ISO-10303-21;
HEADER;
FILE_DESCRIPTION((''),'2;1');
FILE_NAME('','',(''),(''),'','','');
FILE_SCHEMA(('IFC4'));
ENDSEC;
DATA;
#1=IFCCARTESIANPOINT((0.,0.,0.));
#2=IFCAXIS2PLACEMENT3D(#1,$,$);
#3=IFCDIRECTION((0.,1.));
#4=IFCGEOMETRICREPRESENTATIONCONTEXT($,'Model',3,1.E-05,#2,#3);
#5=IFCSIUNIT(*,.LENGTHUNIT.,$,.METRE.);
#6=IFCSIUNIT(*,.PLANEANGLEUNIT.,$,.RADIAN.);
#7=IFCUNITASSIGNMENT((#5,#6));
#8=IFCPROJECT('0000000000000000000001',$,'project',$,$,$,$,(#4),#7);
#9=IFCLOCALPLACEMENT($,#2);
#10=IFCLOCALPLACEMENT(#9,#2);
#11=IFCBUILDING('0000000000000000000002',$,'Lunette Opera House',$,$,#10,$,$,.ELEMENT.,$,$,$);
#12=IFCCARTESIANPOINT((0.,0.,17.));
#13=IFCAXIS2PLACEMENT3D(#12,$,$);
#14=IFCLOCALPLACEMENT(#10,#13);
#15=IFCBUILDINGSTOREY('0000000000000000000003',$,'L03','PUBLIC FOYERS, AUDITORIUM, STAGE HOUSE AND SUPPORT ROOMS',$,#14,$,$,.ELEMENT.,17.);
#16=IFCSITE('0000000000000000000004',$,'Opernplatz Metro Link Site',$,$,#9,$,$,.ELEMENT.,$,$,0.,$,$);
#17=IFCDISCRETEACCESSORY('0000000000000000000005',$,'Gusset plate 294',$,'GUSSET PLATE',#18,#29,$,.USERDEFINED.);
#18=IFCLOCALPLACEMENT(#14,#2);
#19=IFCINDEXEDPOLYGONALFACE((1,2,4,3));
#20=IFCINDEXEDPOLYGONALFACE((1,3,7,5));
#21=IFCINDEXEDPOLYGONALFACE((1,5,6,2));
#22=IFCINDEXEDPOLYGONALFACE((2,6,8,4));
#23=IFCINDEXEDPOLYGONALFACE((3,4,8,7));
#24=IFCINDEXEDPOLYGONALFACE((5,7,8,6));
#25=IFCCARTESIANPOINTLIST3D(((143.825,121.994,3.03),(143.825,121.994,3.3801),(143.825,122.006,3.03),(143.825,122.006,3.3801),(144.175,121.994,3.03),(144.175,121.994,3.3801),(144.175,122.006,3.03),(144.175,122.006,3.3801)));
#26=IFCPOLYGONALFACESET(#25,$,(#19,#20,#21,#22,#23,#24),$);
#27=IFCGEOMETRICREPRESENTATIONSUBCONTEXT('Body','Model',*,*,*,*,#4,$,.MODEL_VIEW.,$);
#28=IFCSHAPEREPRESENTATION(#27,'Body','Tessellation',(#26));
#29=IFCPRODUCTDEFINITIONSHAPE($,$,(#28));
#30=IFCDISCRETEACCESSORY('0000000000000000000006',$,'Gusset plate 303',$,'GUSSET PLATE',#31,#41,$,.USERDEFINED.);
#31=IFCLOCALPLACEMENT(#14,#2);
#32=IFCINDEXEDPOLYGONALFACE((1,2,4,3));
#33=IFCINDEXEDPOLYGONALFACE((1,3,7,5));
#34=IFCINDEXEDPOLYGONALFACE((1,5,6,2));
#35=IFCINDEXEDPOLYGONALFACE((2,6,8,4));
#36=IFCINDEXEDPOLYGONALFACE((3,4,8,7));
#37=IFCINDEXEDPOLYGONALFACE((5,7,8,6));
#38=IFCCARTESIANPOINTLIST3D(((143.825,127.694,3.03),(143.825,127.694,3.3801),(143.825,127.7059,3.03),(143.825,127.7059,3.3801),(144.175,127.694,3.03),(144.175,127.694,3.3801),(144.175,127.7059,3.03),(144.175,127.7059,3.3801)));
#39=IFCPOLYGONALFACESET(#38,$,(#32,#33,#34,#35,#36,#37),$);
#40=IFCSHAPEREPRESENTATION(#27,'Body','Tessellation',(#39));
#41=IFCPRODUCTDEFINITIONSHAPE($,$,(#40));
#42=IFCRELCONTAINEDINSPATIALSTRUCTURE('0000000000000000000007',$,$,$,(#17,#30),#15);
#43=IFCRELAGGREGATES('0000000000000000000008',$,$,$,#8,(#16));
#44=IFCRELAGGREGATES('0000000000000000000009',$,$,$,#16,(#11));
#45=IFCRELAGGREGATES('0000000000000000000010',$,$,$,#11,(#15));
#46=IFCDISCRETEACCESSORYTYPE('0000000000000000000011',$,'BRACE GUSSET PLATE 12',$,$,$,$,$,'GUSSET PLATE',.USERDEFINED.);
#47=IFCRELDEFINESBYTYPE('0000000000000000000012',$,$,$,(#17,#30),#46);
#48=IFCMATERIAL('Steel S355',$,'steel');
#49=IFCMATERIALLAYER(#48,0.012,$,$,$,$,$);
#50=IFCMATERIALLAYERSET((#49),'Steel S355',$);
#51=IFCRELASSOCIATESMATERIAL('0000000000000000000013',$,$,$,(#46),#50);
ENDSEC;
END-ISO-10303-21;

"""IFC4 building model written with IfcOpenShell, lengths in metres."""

from ifc_helpers import new_model, si_unit, direction, frame, origin, origin_2d, place, context, subcontext, project, spatial, rectangle, extrude, material, layer, layer_set, type_object, element, save


model = new_model("IFC4")

# Units and contexts
model_context = context("Model", 3, precision=1e-05, world=origin(), true_north=direction((0.0, 1.0)))
body_context = subcontext(model_context, "Body", "Model", "MODEL_VIEW")
ifc_project = project(units=[si_unit("LENGTHUNIT", "METRE"), si_unit("PLANEANGLEUNIT", "RADIAN")], contexts=[model_context])

# Site, building, storey
site_placement = place(None, origin())
site = spatial("IfcSite", under=ifc_project, at=site_placement, Name="Opernplatz Metro Link Site", CompositionType="ELEMENT", RefElevation=0.0)
building_placement = place(site_placement, origin())
building = spatial("IfcBuilding", under=site, at=building_placement, Name="Lunette Opera House", CompositionType="ELEMENT")
storey_placement = place(building_placement, frame((0.0, 0.0, 17.0)))
storey = spatial("IfcBuildingStorey", under=building, at=storey_placement, Name="L03", Description="PUBLIC FOYERS, AUDITORIUM, STAGE HOUSE AND SUPPORT ROOMS", CompositionType="ELEMENT", Elevation=17.0)

# Discrete accessories
ifc_material_1 = material(Name="Steel S355", Category="steel")
ifc_layer_1 = layer(ifc_material_1, 0.012)
ifc_layer_set_1 = layer_set([ifc_layer_1], Name="Steel S355")
discrete_accessory_type = type_object("IfcDiscreteAccessoryType", Name="BRACE GUSSET PLATE 12", ElementType="GUSSET PLATE", PredefinedType="USERDEFINED", material=ifc_layer_set_1)
for number, where, z_axis, x_axis, name in (
    (1, (144.0, 122.0, 3.03), (0.0, 0.0, 1.0), (1.0, 0.0, 0.0), "Gusset plate 294"),
    (2, (144.0, 127.7, 3.03), (0.0, 0.0, 1.0), (1.0, 0.0, 0.0), "Gusset plate 303"),
):
    element("IfcDiscreteAccessory", number, at=place(storey_placement, frame(where, z_axis=z_axis, x_axis=x_axis)), inside=storey, type_object=discrete_accessory_type, Name=name, ObjectType="GUSSET PLATE", PredefinedType="USERDEFINED", context=body_context, shape_type="SweptSolid", body=[
        extrude(rectangle(XDim=0.3501, YDim=0.012, at=origin_2d()), origin(), (0.0, 0.0, 1.0), 0.3501),
    ])

save(model, "model.ifc")
